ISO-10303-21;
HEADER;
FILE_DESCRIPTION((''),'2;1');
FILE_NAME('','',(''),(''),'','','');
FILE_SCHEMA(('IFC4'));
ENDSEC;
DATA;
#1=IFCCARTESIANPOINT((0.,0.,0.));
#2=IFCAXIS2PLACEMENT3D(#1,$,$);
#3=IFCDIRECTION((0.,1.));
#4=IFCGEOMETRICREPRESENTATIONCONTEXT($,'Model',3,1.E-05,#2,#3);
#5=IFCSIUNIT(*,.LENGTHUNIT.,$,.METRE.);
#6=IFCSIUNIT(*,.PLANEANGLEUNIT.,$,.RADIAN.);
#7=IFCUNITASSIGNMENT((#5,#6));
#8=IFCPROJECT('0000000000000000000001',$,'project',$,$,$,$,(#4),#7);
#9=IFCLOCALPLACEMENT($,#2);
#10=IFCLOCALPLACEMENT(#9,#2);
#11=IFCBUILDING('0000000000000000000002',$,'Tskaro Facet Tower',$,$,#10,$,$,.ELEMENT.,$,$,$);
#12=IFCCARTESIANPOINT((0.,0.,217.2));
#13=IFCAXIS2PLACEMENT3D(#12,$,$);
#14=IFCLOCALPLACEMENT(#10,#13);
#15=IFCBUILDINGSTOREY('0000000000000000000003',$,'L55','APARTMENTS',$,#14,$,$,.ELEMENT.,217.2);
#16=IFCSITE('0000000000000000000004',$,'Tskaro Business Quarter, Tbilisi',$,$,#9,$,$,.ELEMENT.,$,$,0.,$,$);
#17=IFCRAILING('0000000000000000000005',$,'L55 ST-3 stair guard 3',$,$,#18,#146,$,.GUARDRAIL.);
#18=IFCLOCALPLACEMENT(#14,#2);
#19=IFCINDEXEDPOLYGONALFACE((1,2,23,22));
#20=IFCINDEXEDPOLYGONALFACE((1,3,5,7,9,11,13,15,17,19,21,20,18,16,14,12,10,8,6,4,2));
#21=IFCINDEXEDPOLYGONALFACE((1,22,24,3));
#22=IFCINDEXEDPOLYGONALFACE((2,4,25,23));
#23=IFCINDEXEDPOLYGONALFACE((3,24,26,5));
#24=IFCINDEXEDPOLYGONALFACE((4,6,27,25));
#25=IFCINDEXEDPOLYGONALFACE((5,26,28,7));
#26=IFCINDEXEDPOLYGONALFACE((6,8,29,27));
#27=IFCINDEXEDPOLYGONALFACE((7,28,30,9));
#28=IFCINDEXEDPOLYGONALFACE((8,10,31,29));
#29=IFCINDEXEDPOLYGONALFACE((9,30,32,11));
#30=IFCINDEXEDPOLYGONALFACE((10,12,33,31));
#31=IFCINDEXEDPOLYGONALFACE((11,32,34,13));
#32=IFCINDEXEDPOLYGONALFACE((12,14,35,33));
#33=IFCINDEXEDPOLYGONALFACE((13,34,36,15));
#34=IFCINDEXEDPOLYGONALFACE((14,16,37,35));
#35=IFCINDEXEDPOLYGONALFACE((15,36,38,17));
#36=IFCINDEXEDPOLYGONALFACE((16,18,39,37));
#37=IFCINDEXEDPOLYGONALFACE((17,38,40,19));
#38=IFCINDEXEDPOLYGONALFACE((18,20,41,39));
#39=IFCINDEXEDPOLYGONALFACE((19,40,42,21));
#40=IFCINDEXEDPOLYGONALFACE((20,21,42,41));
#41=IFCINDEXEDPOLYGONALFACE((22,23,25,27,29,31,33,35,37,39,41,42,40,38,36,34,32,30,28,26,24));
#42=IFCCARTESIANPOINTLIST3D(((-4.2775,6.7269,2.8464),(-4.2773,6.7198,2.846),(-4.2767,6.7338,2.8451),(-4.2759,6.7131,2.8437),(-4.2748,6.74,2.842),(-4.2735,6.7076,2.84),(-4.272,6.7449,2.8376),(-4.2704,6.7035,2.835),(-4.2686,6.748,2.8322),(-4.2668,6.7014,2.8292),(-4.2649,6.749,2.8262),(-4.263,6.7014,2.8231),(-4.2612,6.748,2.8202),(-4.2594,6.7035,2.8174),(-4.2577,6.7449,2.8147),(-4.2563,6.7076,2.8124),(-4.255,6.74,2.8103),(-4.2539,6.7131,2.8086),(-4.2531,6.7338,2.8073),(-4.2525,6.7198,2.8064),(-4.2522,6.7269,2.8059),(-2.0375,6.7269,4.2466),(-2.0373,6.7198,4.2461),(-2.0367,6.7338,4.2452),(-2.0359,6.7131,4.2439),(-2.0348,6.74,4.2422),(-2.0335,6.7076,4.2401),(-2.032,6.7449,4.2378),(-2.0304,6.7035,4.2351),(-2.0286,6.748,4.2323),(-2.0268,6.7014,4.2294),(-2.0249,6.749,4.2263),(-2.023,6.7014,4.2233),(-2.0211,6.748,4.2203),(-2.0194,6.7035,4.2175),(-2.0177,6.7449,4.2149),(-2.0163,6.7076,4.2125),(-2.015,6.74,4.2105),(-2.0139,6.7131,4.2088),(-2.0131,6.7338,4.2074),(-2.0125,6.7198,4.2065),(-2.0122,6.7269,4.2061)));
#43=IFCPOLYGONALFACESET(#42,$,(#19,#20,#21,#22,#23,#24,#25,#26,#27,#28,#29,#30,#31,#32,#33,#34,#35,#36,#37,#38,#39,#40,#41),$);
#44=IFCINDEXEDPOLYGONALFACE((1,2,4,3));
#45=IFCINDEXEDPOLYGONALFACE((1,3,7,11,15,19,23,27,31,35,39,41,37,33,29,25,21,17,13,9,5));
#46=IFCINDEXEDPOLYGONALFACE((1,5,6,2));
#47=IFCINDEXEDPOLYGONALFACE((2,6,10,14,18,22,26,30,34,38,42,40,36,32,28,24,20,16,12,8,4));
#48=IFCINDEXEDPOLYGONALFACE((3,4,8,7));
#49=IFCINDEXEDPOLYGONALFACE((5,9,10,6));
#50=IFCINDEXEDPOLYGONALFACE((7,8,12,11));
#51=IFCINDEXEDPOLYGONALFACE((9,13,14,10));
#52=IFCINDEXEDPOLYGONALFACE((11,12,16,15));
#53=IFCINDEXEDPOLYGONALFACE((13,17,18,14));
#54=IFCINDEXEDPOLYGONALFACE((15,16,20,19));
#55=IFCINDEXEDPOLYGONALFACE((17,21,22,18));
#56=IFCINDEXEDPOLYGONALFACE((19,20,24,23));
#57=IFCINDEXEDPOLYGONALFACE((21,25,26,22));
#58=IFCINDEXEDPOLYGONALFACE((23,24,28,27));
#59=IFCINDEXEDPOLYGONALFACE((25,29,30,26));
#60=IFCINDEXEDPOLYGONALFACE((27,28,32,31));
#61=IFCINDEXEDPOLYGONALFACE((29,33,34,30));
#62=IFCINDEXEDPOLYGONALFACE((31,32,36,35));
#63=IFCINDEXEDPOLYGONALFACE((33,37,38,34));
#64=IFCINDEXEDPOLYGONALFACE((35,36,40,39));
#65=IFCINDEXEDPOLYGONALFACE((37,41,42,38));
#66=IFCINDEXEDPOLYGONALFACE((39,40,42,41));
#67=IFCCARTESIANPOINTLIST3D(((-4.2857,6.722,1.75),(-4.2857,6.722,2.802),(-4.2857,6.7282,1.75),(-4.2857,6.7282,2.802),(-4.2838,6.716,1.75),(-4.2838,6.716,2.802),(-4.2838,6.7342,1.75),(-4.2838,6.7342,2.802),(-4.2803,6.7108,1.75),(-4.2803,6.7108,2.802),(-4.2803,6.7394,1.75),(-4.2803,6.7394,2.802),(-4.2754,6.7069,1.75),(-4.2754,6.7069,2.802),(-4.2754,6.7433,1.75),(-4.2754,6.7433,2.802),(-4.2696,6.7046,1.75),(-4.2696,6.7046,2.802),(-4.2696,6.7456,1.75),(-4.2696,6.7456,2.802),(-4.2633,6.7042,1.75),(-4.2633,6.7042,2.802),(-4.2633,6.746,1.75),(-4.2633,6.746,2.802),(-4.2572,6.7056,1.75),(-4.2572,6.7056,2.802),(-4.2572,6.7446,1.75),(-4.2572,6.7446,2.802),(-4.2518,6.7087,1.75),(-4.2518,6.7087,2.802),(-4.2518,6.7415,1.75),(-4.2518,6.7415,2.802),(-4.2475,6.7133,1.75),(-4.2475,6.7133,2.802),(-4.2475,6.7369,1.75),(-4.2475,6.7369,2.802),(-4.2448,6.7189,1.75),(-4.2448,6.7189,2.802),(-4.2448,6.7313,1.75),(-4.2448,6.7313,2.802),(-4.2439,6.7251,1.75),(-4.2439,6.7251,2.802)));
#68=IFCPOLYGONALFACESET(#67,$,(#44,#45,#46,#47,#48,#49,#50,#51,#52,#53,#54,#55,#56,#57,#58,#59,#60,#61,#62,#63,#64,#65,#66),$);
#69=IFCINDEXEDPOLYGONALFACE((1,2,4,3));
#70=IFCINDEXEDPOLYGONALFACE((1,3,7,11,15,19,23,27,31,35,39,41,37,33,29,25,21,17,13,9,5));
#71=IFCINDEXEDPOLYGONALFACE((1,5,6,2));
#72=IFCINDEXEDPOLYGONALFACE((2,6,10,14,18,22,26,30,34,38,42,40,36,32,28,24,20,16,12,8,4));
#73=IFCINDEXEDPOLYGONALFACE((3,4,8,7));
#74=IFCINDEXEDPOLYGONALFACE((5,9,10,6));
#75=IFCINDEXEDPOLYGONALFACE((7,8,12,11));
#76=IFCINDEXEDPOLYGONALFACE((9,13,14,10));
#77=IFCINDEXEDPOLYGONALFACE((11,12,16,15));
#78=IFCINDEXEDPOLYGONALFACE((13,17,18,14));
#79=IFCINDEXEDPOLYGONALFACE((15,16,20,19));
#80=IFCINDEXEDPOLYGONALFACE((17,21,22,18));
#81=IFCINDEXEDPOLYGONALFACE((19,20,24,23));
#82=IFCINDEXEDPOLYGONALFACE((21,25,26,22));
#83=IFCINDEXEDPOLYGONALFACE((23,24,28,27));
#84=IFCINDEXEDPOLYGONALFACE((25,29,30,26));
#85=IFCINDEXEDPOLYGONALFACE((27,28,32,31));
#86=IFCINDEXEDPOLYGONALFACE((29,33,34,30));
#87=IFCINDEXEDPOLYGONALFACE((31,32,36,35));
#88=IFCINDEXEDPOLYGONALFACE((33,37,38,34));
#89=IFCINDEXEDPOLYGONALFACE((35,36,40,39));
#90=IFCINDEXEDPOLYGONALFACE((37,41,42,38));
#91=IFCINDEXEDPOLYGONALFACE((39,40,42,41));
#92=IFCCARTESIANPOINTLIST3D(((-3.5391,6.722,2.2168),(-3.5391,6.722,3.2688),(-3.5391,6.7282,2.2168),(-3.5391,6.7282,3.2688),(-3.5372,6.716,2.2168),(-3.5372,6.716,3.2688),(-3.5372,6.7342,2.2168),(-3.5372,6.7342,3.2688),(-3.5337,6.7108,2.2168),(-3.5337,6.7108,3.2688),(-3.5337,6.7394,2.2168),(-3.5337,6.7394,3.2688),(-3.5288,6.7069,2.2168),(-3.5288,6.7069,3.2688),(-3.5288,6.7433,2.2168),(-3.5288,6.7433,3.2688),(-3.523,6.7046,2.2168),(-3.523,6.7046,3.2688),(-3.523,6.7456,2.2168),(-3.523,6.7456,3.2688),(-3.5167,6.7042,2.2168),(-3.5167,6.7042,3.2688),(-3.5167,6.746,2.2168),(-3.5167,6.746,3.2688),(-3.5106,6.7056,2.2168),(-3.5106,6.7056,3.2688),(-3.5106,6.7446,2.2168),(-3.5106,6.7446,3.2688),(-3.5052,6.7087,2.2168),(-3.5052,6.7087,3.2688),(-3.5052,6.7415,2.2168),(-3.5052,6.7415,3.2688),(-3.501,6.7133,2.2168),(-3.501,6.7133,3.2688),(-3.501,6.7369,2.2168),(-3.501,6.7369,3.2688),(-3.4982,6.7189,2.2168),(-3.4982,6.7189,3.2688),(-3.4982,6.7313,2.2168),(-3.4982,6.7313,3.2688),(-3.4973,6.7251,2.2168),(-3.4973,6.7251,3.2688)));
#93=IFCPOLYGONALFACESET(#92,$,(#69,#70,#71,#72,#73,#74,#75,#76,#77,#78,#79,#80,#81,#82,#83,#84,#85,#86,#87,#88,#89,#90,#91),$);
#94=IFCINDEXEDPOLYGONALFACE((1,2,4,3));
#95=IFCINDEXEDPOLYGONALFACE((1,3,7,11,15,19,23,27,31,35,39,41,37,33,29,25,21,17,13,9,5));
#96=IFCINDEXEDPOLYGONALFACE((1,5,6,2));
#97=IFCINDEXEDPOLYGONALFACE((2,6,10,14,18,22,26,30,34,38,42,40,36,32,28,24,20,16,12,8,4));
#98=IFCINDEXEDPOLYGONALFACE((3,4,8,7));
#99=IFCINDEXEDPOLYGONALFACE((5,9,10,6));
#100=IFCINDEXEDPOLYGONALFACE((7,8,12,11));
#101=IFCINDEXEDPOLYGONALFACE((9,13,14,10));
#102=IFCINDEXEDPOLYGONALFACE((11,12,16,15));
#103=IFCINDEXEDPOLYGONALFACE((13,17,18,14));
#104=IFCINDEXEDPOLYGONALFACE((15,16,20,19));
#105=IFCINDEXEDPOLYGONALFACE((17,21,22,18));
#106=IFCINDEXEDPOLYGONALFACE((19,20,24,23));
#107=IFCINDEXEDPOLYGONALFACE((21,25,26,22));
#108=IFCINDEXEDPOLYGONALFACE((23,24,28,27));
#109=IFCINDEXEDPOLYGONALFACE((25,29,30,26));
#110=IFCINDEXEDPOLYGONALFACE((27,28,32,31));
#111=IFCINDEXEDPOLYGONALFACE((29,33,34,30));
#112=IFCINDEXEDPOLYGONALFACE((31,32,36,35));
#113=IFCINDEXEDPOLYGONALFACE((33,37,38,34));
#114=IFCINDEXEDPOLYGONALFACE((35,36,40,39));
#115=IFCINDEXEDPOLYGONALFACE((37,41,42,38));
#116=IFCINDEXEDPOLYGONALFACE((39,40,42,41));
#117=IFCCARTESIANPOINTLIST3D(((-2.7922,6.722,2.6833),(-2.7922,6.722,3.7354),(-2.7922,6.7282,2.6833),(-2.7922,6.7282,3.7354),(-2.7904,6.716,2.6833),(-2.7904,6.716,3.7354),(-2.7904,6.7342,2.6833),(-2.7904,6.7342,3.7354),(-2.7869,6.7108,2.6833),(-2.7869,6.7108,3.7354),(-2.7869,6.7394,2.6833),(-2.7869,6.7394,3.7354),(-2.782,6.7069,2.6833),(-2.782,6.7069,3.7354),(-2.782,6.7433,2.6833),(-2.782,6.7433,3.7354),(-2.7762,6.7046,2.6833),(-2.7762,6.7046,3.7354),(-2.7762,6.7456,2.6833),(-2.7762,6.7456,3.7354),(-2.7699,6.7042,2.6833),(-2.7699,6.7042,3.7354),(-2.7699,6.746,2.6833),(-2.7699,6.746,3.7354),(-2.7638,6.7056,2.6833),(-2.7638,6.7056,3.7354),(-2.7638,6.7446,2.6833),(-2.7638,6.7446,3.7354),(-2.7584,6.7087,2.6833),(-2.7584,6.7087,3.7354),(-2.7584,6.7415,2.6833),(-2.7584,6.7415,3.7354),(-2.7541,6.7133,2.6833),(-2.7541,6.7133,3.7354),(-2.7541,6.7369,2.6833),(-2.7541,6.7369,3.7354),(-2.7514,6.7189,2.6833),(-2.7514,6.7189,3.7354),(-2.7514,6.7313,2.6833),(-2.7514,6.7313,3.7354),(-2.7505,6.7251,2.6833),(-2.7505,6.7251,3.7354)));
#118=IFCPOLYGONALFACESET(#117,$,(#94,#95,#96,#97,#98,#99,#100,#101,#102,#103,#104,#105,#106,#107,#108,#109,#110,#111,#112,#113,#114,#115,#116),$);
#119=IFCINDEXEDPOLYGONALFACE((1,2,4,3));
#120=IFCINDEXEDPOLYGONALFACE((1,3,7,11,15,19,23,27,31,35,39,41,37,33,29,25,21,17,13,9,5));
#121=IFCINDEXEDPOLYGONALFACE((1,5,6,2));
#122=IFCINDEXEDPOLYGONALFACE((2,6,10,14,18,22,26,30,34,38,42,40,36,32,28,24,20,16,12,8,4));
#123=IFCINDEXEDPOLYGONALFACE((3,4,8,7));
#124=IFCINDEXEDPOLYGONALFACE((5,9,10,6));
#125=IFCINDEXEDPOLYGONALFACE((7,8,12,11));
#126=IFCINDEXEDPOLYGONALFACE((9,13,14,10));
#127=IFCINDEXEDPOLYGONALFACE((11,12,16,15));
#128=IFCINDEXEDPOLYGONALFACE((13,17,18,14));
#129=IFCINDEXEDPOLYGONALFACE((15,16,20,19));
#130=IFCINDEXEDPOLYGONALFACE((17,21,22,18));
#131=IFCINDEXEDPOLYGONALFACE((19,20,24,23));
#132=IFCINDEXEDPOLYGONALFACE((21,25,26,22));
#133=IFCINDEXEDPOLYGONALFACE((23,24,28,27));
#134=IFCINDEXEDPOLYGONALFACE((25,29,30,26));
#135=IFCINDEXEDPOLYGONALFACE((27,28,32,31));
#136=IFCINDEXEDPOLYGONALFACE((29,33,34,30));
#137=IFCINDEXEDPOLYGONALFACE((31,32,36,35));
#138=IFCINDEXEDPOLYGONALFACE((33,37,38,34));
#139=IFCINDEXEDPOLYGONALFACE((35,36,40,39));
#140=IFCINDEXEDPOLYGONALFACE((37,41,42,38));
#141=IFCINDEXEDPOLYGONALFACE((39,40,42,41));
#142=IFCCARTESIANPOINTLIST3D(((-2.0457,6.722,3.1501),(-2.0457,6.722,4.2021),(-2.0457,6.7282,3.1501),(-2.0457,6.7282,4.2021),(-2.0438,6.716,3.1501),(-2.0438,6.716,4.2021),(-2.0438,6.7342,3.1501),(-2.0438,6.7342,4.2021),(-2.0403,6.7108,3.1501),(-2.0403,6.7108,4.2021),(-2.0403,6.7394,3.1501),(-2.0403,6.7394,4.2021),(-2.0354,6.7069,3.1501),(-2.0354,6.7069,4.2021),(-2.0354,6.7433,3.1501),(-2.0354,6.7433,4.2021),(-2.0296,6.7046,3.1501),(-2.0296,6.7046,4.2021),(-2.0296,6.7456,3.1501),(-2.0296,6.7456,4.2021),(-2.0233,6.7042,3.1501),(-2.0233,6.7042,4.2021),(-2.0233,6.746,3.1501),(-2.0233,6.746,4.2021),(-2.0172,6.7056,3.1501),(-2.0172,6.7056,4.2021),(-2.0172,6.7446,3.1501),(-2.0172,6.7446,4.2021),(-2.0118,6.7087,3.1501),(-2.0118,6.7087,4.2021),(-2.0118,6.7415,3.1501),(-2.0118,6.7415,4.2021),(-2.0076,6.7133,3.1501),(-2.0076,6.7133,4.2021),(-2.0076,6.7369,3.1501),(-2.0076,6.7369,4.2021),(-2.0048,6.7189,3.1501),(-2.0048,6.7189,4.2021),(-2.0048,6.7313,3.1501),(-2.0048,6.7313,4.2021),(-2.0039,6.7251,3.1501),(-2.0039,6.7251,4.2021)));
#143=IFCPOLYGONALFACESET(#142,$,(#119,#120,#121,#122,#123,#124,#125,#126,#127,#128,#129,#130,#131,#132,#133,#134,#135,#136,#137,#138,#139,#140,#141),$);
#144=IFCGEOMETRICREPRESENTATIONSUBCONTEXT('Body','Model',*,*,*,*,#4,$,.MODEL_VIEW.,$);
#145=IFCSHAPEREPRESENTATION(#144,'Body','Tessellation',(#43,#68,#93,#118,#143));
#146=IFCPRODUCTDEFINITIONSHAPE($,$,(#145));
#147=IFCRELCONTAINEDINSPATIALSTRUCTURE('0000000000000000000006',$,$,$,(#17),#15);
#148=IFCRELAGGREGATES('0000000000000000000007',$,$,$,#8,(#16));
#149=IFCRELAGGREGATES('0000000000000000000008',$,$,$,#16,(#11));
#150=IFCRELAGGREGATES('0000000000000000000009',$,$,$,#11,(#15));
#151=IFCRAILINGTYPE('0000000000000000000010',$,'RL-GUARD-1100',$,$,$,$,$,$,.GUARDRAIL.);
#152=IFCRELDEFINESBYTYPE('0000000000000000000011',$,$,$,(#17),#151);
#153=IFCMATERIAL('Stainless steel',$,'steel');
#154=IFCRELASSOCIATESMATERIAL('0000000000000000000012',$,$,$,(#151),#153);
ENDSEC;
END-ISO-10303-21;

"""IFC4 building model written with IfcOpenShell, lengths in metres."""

from ifc_helpers import new_model, si_unit, direction, frame, origin, origin_2d, place, context, subcontext, project, spatial, circle, extrude, material, type_object, element, save


model = new_model("IFC4")

# Units and contexts
model_context = context("Model", 3, precision=1e-05, world=origin(), true_north=direction((0.0, 1.0)))
body_context = subcontext(model_context, "Body", "Model", "MODEL_VIEW")
ifc_project = project(units=[si_unit("LENGTHUNIT", "METRE"), si_unit("PLANEANGLEUNIT", "RADIAN")], contexts=[model_context])

# Site, building, storey
site_placement = place(None, origin())
site = spatial("IfcSite", under=ifc_project, at=site_placement, Name="Tskaro Business Quarter, Tbilisi", CompositionType="ELEMENT", RefElevation=0.0)
building_placement = place(site_placement, origin())
building = spatial("IfcBuilding", under=site, at=building_placement, Name="Tskaro Facet Tower", CompositionType="ELEMENT")
storey_placement = place(building_placement, frame((0.0, 0.0, 217.2)))
storey = spatial("IfcBuildingStorey", under=building, at=storey_placement, Name="L55", Description="APARTMENTS", CompositionType="ELEMENT", Elevation=217.2)

# Railing
ifc_material_1 = material(Name="Stainless steel", Category="steel")
railing_type_1 = type_object("IfcRailingType", Name="RL-GUARD-1100", PredefinedType="GUARDRAIL", material=ifc_material_1)
railing_1_placement = place(storey_placement, frame((-4.2649, 6.7251, 1.75)))
element("IfcRailing", 1, at=railing_1_placement, inside=storey, type_object=railing_type_1, Name="L55 ST-3 stair guard 3", PredefinedType="GUARDRAIL", context=body_context, shape_type="SweptSolid", body=[
    extrude(circle(Radius=0.0239, at=origin_2d()), frame((0.0, 0.0, 1.0762), z_axis=(0.847972, 0.0, 0.53004), x_axis=(0.0, 1.0, 0.0)), (0.0, 0.0, 1.0), 2.6416),
    extrude(circle(Radius=0.021, at=origin_2d()), origin(), (0.0, 0.0, 1.0), 1.052),
    extrude(circle(Radius=0.021, at=origin_2d()), frame((0.7466, 0.0, 0.4668)), (0.0, 0.0, 1.0), 1.052),
    extrude(circle(Radius=0.021, at=origin_2d()), frame((1.4934, 0.0, 0.9333)), (0.0, 0.0, 1.0), 1.052),
    extrude(circle(Radius=0.021, at=origin_2d()), frame((2.24, 0.0, 1.4001)), (0.0, 0.0, 1.0), 1.052),
])

save(model, "model.ifc")
